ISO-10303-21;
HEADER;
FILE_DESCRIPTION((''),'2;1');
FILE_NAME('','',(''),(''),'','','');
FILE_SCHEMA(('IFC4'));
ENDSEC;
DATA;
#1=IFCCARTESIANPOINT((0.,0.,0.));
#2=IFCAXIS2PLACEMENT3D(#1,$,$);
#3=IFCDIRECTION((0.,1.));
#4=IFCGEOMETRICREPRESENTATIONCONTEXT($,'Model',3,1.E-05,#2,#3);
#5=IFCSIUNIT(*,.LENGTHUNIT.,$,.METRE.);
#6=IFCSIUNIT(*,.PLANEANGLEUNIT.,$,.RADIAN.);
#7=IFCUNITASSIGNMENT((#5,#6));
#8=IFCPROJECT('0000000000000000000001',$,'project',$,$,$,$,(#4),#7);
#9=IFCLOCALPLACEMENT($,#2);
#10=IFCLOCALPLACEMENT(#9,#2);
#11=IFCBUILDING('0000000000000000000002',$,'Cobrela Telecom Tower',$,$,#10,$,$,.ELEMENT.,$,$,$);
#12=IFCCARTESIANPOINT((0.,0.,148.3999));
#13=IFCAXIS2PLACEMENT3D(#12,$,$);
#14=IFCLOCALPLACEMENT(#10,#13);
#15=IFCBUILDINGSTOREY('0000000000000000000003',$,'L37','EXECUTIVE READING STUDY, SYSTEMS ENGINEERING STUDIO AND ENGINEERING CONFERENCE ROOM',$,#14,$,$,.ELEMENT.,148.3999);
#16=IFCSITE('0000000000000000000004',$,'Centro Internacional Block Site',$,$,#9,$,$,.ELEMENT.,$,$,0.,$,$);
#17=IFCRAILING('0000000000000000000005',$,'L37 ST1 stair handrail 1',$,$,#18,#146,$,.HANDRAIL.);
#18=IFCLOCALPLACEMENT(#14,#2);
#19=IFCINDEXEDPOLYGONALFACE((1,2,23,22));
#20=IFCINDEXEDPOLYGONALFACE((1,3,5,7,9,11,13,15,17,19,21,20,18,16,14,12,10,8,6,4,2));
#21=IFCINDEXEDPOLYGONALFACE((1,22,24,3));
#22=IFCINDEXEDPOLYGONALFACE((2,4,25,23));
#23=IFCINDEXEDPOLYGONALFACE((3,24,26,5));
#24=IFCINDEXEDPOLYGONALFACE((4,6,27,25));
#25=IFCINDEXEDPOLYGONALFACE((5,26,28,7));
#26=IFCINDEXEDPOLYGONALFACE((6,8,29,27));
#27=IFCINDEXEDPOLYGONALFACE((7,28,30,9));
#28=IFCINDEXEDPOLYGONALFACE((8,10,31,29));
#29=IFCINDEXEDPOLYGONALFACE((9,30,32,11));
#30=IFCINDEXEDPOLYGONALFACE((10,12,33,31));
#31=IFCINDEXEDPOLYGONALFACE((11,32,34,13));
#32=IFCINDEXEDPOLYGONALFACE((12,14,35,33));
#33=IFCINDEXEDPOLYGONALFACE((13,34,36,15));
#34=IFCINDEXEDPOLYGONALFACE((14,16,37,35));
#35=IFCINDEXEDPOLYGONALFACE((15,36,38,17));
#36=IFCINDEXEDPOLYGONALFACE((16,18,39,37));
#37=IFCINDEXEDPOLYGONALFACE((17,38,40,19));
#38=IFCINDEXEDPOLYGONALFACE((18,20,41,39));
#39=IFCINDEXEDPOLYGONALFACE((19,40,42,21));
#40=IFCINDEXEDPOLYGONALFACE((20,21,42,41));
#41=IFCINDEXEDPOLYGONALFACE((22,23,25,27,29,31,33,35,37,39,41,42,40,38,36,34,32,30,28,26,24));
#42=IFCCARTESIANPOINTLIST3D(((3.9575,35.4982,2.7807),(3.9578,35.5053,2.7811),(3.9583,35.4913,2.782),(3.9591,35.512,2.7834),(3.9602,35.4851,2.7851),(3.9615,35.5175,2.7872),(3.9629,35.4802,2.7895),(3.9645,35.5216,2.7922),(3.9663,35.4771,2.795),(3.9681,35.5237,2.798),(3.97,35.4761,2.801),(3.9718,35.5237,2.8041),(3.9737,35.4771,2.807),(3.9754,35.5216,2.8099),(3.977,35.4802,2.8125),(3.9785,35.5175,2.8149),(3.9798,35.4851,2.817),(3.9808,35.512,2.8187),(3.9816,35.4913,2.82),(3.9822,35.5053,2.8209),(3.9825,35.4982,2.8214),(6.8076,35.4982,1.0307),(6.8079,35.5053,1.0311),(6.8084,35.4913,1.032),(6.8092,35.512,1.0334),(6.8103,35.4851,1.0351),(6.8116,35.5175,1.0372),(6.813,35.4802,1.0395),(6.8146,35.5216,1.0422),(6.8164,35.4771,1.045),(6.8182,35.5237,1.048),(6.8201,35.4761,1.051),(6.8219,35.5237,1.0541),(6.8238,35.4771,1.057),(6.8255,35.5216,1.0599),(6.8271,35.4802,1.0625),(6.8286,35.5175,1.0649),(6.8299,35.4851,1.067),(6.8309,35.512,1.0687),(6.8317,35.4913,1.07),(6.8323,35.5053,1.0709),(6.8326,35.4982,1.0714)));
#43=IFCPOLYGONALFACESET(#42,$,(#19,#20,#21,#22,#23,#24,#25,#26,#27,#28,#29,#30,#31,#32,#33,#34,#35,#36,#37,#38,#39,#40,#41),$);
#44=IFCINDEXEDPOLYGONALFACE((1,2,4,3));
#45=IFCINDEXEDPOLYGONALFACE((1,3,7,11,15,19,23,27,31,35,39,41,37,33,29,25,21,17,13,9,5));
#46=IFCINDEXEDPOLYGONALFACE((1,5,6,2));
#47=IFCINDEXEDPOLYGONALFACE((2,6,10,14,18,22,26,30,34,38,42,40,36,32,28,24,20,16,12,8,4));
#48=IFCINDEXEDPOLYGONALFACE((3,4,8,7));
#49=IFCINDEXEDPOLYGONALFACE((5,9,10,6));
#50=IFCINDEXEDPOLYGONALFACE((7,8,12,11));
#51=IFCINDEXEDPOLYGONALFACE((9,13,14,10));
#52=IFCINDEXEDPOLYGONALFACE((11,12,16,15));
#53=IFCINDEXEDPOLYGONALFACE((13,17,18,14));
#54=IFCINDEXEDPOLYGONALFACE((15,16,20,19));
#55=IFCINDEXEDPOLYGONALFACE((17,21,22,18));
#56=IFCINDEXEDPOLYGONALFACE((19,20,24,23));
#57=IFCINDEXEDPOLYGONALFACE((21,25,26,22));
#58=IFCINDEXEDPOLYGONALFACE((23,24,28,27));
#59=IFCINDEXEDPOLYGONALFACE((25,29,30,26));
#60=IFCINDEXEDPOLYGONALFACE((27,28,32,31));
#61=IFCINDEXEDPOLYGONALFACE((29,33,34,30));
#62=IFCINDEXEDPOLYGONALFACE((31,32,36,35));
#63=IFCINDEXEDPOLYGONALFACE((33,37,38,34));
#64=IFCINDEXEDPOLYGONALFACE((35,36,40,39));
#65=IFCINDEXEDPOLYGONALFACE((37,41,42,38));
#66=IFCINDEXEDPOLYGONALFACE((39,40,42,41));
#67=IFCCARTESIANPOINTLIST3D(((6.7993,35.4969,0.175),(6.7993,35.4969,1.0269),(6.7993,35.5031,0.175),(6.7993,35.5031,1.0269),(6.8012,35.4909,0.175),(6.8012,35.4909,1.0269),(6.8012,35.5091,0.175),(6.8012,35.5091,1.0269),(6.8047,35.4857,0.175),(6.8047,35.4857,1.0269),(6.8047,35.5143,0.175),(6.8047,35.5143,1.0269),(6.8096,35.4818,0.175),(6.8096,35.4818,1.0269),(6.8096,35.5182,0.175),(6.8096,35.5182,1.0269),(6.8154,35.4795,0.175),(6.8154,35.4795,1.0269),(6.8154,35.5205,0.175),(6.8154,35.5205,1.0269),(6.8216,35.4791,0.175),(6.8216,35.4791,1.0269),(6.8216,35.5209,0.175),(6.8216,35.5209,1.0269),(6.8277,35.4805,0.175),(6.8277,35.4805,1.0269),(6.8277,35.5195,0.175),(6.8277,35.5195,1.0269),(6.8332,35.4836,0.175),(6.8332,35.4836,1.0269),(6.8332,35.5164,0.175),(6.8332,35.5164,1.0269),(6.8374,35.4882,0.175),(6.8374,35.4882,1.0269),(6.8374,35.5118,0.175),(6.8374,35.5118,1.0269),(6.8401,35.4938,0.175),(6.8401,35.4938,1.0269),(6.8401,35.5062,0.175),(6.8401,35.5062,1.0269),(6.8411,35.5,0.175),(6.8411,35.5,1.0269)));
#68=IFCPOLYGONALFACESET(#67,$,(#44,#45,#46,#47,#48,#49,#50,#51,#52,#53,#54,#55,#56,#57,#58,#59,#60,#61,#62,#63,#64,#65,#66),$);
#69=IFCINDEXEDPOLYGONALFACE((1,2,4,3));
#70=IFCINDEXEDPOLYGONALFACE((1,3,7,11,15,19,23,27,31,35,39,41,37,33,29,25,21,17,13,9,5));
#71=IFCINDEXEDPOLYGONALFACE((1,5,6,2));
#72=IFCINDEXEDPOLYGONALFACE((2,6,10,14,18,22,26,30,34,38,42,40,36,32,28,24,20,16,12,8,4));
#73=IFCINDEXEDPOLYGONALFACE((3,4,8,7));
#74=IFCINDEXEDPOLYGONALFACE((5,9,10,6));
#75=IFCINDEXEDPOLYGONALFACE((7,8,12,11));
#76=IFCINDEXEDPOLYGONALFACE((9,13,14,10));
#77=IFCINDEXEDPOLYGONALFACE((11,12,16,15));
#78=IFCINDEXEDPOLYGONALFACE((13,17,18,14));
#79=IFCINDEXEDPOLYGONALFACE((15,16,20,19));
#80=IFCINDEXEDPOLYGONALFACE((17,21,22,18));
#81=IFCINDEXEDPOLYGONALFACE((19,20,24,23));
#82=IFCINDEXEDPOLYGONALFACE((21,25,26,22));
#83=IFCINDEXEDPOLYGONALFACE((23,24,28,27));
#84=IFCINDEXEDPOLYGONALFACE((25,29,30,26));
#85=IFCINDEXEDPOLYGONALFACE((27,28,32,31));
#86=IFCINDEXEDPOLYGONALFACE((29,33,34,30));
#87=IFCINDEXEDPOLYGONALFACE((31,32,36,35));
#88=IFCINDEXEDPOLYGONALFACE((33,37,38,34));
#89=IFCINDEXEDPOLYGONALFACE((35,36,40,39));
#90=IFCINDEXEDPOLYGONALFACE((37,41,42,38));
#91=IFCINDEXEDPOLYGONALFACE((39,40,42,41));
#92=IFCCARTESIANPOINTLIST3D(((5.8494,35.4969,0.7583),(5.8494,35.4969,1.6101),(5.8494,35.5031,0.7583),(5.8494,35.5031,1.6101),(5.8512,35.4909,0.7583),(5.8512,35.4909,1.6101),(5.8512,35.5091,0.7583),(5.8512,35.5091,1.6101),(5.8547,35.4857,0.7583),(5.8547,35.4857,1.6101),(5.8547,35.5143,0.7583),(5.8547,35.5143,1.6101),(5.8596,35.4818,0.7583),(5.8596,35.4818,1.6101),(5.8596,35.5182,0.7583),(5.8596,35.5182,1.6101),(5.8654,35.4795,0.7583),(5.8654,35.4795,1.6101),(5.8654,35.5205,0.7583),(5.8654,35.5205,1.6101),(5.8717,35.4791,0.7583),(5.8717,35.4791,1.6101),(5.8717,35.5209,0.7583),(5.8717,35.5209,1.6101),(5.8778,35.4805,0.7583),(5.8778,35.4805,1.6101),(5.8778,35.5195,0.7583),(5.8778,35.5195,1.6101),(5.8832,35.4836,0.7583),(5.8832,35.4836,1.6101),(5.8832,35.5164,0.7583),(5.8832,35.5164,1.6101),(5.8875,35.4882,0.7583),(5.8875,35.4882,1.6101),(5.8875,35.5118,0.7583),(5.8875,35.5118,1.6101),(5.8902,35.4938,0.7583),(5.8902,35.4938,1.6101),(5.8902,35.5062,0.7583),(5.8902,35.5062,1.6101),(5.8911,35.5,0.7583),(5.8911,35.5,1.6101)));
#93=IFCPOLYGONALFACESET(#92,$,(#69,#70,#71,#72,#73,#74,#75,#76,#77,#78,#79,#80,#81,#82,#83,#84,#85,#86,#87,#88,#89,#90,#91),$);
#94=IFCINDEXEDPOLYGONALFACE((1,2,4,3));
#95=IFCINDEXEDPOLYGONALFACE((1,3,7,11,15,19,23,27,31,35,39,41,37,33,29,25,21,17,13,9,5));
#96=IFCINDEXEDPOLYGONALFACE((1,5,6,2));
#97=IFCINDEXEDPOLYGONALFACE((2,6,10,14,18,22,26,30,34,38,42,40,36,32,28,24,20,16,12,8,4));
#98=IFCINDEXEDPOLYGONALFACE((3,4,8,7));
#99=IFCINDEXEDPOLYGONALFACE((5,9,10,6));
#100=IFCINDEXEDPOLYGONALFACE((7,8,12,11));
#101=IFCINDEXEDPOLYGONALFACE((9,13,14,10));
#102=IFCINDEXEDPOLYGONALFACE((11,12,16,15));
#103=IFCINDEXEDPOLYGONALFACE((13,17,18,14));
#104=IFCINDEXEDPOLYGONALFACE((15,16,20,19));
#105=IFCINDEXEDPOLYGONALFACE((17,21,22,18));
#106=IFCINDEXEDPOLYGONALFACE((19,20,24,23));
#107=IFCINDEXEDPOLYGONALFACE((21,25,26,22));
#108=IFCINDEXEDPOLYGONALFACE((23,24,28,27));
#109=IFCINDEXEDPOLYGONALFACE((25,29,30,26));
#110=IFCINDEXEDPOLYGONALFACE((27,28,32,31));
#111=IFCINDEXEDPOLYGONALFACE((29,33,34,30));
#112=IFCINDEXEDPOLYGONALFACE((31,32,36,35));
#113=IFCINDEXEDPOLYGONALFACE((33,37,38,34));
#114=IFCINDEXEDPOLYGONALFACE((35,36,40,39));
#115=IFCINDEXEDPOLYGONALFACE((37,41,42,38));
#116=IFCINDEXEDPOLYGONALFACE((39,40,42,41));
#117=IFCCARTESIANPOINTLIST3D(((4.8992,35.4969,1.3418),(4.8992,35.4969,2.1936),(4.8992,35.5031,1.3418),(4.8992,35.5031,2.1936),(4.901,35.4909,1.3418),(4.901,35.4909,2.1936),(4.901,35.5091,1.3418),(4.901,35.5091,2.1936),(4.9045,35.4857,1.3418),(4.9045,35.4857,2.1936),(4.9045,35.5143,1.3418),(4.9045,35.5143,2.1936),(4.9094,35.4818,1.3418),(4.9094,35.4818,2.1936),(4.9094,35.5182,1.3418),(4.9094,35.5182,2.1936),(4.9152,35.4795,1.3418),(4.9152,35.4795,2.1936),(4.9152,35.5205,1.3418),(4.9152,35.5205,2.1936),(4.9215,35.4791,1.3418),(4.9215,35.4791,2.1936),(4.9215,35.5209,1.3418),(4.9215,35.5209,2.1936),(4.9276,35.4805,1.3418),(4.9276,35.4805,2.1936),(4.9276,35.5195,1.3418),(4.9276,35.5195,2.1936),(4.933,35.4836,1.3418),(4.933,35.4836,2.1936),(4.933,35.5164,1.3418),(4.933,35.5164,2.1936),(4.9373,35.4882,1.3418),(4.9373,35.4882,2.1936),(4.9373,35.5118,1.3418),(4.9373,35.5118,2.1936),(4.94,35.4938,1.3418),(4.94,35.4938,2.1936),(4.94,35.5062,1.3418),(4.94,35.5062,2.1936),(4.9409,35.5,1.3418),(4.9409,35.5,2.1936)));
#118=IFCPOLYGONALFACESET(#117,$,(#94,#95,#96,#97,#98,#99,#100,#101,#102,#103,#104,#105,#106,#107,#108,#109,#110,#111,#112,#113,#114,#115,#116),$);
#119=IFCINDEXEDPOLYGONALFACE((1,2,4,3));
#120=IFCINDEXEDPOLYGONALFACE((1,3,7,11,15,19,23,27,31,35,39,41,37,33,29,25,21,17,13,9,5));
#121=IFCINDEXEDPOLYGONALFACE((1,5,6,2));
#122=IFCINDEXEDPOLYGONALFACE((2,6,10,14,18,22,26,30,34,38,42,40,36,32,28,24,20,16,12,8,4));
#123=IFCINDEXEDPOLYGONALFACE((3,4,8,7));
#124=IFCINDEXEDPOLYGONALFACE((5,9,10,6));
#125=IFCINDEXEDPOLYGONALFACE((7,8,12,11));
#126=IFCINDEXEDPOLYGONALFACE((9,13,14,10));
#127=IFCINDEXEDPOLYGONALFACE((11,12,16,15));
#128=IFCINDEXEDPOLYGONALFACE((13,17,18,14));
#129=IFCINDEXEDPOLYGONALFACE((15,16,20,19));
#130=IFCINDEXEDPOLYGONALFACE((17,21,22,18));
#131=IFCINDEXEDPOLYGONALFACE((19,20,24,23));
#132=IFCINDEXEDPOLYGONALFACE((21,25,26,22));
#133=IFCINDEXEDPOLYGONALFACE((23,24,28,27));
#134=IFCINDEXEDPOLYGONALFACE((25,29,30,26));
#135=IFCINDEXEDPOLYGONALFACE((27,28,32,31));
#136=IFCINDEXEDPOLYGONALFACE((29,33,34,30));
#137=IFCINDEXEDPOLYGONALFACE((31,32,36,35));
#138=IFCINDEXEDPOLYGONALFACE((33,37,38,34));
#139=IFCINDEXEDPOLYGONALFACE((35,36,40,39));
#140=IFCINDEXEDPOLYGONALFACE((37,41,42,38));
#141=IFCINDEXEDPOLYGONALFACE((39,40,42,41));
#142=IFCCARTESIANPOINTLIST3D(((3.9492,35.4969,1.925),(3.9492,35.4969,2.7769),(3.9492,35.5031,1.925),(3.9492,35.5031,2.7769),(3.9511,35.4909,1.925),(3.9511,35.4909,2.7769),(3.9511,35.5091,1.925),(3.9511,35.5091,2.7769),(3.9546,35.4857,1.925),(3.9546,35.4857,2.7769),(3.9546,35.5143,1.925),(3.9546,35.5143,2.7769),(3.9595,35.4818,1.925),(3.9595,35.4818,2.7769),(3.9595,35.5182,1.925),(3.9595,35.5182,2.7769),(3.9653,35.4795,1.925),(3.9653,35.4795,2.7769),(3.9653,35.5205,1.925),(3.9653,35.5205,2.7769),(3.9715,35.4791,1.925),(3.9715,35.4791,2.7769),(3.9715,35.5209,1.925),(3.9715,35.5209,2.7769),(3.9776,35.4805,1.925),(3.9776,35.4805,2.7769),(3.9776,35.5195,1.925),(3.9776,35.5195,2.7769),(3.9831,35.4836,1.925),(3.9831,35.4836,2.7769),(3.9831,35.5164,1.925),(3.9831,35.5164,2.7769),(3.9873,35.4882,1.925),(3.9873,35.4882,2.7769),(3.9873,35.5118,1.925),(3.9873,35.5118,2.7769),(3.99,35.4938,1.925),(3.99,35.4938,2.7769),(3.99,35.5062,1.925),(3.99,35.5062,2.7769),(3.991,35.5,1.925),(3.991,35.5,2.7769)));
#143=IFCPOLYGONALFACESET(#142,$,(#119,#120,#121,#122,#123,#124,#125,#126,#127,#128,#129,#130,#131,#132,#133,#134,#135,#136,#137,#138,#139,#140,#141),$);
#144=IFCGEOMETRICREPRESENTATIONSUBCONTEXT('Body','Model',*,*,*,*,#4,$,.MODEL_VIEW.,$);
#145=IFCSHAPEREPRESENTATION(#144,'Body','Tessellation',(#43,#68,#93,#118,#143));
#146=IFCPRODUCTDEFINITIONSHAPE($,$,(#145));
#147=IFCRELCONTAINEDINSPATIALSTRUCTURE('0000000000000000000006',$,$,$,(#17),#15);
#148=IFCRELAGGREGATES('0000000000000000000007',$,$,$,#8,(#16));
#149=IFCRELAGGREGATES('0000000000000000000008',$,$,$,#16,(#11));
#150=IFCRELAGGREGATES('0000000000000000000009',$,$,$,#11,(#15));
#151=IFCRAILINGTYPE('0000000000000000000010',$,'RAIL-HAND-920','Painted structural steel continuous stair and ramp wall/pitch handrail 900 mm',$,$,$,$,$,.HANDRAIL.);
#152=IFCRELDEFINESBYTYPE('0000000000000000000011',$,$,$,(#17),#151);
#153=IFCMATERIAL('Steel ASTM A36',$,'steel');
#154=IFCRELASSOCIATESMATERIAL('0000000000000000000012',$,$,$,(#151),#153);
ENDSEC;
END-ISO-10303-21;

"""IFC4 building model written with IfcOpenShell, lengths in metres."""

from ifc_helpers import new_model, si_unit, direction, frame, origin, origin_2d, place, context, subcontext, project, spatial, circle, extrude, material, type_object, element, save


model = new_model("IFC4")

# Units and contexts
model_context = context("Model", 3, precision=1e-05, world=origin(), true_north=direction((0.0, 1.0)))
body_context = subcontext(model_context, "Body", "Model", "MODEL_VIEW")
ifc_project = project(units=[si_unit("LENGTHUNIT", "METRE"), si_unit("PLANEANGLEUNIT", "RADIAN")], contexts=[model_context])

# Site, building, storey
site_placement = place(None, origin())
site = spatial("IfcSite", under=ifc_project, at=site_placement, Name="Centro Internacional Block Site", CompositionType="ELEMENT", RefElevation=0.0)
building_placement = place(site_placement, origin())
building = spatial("IfcBuilding", under=site, at=building_placement, Name="Cobrela Telecom Tower", CompositionType="ELEMENT")
storey_placement = place(building_placement, frame((0.0, 0.0, 148.3999)))
storey = spatial("IfcBuildingStorey", under=building, at=storey_placement, Name="L37", Description="EXECUTIVE READING STUDY, SYSTEMS ENGINEERING STUDIO AND ENGINEERING CONFERENCE ROOM", CompositionType="ELEMENT", Elevation=148.3999)

# Shared definitions
ifc_material_1 = material(Name="Steel ASTM A36", Category="steel")

# Railing
railing_type_1 = type_object("IfcRailingType", Name="RAIL-HAND-920", Description="Painted structural steel continuous stair and ramp wall/pitch handrail 900 mm", PredefinedType="HANDRAIL", material=ifc_material_1)
railing_1_placement = place(storey_placement, frame((6.8201, 35.5, 0.175)))
element("IfcRailing", 1, at=railing_1_placement, inside=storey, type_object=railing_type_1, Name="L37 ST1 stair handrail 1", PredefinedType="HANDRAIL", context=body_context, shape_type="SweptSolid", body=[
    extrude(circle(Radius=0.0239, at=origin_2d()), frame((0.0, 0.0, 0.876), z_axis=(-0.852179, 0.0, 0.52325), x_axis=(0.0, -1.0, 0.0)), (0.0, 0.0, 1.0), 3.3445),
    extrude(circle(Radius=0.021, at=origin_2d()), origin(), (0.0, 0.0, 1.0), 0.8518),
    extrude(circle(Radius=0.021, at=origin_2d()), frame((-0.95, 0.0, 0.5833)), (0.0, 0.0, 1.0), 0.8518),
    extrude(circle(Radius=0.021, at=origin_2d()), frame((-1.9001, 0.0, 1.1667)), (0.0, 0.0, 1.0), 0.8518),
    extrude(circle(Radius=0.021, at=origin_2d()), frame((-2.8501, 0.0, 1.75)), (0.0, 0.0, 1.0), 0.8518),
])

save(model, "model.ifc")
